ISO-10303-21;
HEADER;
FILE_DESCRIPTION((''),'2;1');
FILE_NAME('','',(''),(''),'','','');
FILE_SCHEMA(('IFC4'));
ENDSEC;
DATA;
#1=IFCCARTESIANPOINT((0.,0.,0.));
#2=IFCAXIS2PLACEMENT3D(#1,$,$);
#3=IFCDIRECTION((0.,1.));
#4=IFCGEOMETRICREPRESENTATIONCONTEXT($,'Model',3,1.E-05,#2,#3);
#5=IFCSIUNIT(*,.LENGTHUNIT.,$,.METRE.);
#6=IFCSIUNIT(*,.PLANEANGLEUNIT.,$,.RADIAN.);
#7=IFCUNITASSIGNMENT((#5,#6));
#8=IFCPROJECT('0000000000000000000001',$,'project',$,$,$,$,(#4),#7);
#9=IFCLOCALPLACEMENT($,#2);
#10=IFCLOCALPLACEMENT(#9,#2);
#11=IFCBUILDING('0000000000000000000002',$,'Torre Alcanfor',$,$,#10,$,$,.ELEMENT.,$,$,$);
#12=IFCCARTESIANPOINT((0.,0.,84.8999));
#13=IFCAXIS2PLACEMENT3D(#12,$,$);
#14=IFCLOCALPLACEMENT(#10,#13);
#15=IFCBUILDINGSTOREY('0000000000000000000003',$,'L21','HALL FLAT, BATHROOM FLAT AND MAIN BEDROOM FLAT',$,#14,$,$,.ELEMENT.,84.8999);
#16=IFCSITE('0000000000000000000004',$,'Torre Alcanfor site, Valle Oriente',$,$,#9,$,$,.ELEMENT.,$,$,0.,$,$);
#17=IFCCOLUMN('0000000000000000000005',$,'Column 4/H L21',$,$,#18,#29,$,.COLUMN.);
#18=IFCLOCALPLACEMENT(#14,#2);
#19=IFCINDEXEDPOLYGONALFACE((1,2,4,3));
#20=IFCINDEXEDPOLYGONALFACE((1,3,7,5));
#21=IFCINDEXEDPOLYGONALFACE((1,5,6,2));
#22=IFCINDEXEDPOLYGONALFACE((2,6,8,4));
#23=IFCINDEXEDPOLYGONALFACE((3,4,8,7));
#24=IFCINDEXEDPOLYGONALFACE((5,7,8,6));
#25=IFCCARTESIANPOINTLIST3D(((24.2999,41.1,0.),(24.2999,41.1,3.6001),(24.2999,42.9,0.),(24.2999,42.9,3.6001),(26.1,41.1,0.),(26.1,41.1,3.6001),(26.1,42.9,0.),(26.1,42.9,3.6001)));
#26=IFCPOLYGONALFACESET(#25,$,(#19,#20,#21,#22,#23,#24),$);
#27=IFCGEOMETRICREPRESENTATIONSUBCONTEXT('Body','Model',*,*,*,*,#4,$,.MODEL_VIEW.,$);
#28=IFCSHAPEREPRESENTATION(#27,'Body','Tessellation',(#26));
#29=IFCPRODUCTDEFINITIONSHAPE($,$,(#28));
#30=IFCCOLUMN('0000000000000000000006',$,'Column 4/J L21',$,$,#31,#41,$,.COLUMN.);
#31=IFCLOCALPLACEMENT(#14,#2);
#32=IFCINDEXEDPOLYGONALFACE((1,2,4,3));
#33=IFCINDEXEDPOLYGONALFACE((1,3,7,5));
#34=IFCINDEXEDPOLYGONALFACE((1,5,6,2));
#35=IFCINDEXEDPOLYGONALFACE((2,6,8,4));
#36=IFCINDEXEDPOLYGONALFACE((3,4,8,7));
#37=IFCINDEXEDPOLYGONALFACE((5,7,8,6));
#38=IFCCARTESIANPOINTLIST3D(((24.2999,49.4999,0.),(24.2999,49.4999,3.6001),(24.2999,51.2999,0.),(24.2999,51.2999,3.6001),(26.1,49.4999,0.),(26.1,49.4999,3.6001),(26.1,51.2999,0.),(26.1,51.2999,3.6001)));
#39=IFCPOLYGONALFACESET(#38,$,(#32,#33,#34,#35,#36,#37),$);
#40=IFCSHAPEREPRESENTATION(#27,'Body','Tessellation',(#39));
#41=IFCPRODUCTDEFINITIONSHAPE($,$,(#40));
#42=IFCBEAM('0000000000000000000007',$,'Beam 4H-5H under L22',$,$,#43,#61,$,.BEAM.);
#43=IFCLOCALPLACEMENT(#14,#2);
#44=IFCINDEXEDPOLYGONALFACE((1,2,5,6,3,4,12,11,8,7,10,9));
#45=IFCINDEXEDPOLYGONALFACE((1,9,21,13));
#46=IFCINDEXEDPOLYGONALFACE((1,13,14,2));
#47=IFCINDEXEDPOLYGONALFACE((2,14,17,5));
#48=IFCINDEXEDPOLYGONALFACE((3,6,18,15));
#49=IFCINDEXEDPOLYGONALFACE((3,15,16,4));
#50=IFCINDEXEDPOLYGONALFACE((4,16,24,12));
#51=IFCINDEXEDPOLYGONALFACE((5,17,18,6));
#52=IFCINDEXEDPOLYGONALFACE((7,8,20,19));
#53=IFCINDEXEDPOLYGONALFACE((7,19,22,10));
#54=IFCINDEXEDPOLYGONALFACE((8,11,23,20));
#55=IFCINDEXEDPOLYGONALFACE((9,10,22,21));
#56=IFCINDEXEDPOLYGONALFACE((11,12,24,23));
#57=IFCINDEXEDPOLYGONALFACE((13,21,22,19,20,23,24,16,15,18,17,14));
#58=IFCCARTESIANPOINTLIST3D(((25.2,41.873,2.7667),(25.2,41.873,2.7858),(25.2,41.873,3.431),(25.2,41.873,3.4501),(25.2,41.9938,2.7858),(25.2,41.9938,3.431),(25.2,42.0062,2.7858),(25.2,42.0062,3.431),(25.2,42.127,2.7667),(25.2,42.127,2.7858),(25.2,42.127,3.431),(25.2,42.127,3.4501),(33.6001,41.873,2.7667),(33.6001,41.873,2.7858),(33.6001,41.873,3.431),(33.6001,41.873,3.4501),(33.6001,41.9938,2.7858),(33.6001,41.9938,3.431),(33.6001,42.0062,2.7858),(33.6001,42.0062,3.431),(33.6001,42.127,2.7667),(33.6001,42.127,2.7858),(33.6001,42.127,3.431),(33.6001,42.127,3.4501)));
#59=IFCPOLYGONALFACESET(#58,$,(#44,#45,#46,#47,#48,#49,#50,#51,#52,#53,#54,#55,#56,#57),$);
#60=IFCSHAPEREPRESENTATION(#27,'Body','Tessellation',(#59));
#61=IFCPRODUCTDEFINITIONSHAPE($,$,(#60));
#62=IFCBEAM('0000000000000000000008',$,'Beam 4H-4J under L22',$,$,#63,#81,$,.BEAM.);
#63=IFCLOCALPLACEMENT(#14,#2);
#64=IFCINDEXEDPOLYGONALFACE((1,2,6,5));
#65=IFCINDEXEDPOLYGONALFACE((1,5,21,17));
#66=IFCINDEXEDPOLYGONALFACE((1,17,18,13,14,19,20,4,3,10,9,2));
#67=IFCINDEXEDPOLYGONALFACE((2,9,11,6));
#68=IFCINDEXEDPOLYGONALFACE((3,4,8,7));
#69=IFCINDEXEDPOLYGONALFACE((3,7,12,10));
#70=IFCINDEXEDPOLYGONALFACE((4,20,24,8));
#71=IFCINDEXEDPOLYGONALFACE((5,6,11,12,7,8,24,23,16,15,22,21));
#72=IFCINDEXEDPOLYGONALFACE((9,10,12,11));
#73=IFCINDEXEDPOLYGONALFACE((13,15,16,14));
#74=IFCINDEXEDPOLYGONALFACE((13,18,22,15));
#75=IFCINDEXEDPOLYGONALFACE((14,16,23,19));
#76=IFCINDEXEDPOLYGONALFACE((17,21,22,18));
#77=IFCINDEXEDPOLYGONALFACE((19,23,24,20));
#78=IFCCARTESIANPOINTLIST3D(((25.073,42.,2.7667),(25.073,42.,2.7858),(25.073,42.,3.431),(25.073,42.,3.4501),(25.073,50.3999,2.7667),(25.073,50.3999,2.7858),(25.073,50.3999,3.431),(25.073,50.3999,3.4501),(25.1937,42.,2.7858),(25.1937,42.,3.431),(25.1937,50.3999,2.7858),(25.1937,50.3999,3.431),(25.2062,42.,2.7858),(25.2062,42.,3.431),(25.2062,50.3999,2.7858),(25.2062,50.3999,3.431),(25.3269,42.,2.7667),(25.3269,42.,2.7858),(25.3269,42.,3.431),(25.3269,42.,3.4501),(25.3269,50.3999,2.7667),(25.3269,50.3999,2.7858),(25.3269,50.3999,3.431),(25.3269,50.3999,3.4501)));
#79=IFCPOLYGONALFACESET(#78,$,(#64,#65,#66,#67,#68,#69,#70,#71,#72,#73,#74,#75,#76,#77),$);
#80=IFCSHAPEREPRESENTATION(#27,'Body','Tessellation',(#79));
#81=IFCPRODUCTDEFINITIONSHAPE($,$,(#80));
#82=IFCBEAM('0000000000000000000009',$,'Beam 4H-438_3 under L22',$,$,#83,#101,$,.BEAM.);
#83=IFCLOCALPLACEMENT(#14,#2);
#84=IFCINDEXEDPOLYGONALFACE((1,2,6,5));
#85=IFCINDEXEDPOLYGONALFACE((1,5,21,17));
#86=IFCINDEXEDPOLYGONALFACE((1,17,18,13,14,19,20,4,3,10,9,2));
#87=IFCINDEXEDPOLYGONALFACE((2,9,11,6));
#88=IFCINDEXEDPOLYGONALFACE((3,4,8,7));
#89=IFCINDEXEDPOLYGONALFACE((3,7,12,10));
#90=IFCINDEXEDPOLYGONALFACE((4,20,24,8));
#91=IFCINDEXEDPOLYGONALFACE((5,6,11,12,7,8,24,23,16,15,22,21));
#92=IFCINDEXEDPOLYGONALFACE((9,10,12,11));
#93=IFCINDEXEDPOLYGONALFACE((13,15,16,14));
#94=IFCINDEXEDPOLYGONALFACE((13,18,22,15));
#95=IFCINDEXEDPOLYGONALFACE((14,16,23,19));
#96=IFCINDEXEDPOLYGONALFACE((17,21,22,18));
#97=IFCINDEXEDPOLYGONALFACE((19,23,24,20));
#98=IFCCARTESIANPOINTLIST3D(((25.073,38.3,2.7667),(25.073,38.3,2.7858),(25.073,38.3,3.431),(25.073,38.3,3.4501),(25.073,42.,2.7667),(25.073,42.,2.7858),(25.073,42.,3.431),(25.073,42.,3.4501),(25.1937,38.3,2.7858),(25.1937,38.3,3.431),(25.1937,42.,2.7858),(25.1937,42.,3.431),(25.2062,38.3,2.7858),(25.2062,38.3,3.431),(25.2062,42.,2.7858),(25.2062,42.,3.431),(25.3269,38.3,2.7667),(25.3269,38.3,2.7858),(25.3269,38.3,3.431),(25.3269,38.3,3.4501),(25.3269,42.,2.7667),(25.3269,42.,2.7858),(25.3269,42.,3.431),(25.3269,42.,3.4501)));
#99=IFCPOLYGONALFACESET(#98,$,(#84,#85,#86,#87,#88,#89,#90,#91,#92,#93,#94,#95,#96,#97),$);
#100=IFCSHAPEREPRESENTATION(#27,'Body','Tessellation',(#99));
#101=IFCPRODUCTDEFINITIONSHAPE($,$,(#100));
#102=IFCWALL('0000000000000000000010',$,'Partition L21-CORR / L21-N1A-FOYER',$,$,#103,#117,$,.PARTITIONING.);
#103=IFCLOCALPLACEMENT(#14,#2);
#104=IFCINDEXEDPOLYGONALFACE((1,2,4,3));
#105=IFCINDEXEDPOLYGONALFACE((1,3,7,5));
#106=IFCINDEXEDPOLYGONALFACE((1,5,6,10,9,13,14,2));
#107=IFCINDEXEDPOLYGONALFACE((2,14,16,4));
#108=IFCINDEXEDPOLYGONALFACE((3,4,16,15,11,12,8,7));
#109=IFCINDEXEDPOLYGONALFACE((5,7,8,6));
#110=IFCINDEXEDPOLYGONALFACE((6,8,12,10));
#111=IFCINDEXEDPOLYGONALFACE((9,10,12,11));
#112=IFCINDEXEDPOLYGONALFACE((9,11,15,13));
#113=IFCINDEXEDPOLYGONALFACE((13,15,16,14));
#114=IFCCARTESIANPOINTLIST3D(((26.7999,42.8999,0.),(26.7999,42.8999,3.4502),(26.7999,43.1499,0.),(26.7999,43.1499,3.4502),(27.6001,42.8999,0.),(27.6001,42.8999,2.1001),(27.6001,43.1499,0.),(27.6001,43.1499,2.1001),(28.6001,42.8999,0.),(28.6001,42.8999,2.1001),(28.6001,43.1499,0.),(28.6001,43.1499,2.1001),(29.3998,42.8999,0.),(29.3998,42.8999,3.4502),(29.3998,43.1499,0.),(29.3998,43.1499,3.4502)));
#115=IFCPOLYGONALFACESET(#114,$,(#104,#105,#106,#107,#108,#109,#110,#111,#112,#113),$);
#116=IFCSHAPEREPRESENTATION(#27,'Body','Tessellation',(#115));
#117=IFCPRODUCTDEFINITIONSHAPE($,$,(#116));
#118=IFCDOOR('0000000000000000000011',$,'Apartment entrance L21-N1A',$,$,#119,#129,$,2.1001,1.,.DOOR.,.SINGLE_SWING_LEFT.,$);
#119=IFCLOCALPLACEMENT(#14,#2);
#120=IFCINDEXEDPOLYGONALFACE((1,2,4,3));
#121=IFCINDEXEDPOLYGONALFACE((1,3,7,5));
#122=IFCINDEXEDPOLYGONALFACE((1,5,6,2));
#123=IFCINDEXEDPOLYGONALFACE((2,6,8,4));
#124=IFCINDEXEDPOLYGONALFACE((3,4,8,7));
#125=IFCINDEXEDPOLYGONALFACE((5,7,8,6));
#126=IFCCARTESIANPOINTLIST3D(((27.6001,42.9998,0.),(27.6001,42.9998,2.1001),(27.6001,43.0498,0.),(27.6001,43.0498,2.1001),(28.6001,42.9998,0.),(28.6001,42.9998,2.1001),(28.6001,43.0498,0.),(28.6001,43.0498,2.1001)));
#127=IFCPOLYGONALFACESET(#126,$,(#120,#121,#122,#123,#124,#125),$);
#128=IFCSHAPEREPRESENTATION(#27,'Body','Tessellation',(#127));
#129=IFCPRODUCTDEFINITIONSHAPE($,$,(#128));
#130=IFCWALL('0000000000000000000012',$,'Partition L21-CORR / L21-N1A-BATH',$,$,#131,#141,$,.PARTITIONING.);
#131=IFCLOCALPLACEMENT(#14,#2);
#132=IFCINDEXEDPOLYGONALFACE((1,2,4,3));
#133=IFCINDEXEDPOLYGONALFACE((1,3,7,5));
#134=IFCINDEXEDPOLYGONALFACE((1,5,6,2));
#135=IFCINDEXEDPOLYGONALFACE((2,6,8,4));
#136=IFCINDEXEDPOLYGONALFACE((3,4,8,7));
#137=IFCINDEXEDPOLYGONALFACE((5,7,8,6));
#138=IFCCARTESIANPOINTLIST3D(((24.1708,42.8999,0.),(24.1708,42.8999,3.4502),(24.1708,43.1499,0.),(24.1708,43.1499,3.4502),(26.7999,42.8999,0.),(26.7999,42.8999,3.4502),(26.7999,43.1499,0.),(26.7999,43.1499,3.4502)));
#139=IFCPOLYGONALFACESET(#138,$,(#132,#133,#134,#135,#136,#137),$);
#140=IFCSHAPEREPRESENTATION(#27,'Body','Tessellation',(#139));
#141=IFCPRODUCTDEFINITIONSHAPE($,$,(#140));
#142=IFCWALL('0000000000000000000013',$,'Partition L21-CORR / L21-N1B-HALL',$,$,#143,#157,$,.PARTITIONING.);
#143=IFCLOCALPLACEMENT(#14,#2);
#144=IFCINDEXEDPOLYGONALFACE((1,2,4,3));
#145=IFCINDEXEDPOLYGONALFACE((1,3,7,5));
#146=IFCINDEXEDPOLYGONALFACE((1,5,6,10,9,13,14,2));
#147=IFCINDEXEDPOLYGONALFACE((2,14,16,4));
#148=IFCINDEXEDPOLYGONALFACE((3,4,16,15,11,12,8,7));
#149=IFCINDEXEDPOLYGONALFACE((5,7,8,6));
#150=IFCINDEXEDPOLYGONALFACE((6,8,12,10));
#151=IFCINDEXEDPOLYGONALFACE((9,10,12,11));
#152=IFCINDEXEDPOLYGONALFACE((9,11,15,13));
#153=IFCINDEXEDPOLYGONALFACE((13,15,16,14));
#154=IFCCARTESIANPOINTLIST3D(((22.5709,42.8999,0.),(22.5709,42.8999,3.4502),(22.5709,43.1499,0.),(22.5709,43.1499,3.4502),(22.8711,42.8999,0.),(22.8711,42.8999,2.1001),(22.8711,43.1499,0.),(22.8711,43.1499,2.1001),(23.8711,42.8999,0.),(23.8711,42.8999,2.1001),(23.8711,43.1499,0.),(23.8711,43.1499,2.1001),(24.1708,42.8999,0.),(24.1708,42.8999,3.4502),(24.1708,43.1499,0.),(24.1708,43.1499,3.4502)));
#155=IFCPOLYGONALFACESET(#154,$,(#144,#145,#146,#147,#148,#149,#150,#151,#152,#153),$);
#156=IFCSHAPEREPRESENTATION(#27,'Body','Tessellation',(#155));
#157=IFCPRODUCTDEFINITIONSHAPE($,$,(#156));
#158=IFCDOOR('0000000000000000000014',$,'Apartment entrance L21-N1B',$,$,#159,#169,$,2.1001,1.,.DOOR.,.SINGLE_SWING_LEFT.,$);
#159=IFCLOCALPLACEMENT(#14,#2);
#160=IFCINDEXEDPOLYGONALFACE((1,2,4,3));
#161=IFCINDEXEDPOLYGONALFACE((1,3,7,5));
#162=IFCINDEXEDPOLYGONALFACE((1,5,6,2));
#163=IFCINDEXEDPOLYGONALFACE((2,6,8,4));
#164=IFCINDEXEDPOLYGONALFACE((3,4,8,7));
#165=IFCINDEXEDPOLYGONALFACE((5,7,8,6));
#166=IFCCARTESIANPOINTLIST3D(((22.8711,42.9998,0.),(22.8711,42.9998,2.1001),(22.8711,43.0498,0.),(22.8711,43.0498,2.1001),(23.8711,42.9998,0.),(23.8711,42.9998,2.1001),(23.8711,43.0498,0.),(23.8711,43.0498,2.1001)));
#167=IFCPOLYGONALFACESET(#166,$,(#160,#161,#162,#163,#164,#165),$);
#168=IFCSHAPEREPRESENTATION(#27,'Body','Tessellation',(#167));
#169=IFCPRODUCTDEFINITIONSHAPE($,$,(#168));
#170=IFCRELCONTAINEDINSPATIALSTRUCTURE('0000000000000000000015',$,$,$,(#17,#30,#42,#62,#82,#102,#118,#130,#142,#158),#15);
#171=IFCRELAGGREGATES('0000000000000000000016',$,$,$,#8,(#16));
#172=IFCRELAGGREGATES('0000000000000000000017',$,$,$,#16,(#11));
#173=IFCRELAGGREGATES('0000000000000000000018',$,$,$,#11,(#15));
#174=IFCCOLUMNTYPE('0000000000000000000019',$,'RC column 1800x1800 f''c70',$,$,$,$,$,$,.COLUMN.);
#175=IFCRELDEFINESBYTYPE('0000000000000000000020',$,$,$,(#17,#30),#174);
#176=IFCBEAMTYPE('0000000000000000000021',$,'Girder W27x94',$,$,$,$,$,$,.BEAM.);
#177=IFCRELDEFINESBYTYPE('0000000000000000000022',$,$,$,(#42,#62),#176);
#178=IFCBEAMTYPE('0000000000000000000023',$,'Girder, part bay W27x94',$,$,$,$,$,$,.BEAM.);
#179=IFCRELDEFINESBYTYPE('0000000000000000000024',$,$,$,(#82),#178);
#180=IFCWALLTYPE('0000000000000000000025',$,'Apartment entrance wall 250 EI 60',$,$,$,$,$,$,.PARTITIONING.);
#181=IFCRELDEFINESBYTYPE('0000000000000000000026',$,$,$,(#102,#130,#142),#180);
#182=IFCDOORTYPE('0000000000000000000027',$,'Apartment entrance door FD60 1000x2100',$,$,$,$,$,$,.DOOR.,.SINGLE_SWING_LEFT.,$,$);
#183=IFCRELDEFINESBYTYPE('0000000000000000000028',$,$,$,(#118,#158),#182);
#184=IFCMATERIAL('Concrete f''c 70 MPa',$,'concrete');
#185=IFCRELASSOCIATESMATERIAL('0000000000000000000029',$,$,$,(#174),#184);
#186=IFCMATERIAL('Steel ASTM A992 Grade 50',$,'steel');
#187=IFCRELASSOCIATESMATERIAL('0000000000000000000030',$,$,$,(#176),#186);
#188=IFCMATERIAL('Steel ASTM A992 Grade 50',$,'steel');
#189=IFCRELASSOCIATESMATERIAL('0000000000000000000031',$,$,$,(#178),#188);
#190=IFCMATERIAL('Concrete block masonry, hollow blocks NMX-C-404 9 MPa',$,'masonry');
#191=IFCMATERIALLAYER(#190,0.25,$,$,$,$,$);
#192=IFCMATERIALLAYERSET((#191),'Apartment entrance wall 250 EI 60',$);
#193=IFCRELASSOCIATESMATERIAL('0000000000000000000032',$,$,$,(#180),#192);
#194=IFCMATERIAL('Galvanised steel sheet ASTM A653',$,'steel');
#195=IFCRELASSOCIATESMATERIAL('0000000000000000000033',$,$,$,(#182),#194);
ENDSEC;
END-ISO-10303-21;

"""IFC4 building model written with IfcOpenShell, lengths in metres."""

from ifc_helpers import new_model, si_unit, direction, frame, frame_2d, origin, origin_2d, place, context, subcontext, project, spatial, rectangle, i_section, extrude, material, layer, layer_set, material_profile, profile_set, type_object, element, fill, save


model = new_model("IFC4")

# Units and contexts
model_context = context("Model", 3, precision=1e-05, world=origin(), true_north=direction((0.0, 1.0)))
body_context = subcontext(model_context, "Body", "Model", "MODEL_VIEW")
ifc_project = project(units=[si_unit("LENGTHUNIT", "METRE"), si_unit("PLANEANGLEUNIT", "RADIAN")], contexts=[model_context])

# Site, building, storey
site_placement = place(None, origin())
site = spatial("IfcSite", under=ifc_project, at=site_placement, Name="Torre Alcanfor site, Valle Oriente", CompositionType="ELEMENT", RefElevation=0.0)
building_placement = place(site_placement, origin())
building = spatial("IfcBuilding", under=site, at=building_placement, Name="Torre Alcanfor", CompositionType="ELEMENT")
storey_placement = place(building_placement, frame((0.0, 0.0, 84.8999)))
storey = spatial("IfcBuildingStorey", under=building, at=storey_placement, Name="L21", Description="HALL FLAT, BATHROOM FLAT AND MAIN BEDROOM FLAT", CompositionType="ELEMENT", Elevation=84.8999)

# Columns
ifc_material_1 = material(Name="Concrete f'c 70 MPa", Category="concrete")
ifc_material_profile_1 = material_profile(ifc_material_1, rectangle(XDim=1.8, YDim=1.8, at=origin_2d()), Name="1800x1800")
ifc_profile_set_1 = profile_set([ifc_material_profile_1], Name="Concrete f'c 70 MPa")
column_type = type_object("IfcColumnType", Name="RC column 1800x1800 f'c70", PredefinedType="COLUMN", material=ifc_profile_set_1)
for number, where, z_axis, x_axis, name in (
    (1, (25.2, 42.0, 0.0), (0.0, 0.0, 1.0), (1.0, 0.0, 0.0), "Column 4/H L21"),
    (2, (25.2, 50.3999, 0.0), (0.0, 0.0, 1.0), (1.0, 0.0, 0.0), "Column 4/J L21"),
):
    element("IfcColumn", number, at=place(storey_placement, frame(where, z_axis=z_axis, x_axis=x_axis)), inside=storey, type_object=column_type, Name=name, PredefinedType="COLUMN", context=body_context, shape_type="SweptSolid", body=[
        extrude(rectangle(XDim=1.8, YDim=1.8, at=origin_2d()), origin(), (0.0, 0.0, 1.0), 3.6001),
    ])

# Beams
ifc_material_2 = material(Name="Steel ASTM A992 Grade 50", Category="steel")
ifc_material_profile_2 = material_profile(ifc_material_2, i_section(OverallWidth=0.2539, OverallDepth=0.6833, WebThickness=0.0125, FlangeThickness=0.019, at=origin_2d()), Name="W27x94")
ifc_profile_set_2 = profile_set([ifc_material_profile_2], Name="Steel ASTM A992 Grade 50")
beam_type_1 = type_object("IfcBeamType", Name="Girder W27x94", PredefinedType="BEAM", material=ifc_profile_set_2)
beam_1_placement = place(storey_placement, frame((25.2, 42.0, 3.1084), z_axis=(1.0, 0.0, 0.0), x_axis=(0.0, 1.0, 0.0)))
element("IfcBeam", 3, at=beam_1_placement, inside=storey, type_object=beam_type_1, Name="Beam 4H-5H under L22", PredefinedType="BEAM", context=body_context, shape_type="SweptSolid", body=[
    extrude(i_section(OverallWidth=0.2539, OverallDepth=0.6833, WebThickness=0.0125, FlangeThickness=0.019, at=origin_2d()), origin(), (0.0, 0.0, 1.0), 8.4001),
])
beam_2_placement = place(storey_placement, frame((25.2, 42.0, 3.1084), z_axis=(0.0, 1.0, 0.0), x_axis=(-1.0, 0.0, 0.0)))
element("IfcBeam", 4, at=beam_2_placement, inside=storey, type_object=beam_type_1, Name="Beam 4H-4J under L22", PredefinedType="BEAM", context=body_context, shape_type="SweptSolid", body=[
    extrude(i_section(OverallWidth=0.2539, OverallDepth=0.6833, WebThickness=0.0125, FlangeThickness=0.019, at=origin_2d()), origin(), (0.0, 0.0, 1.0), 8.3999),
])
ifc_material_3 = material(Name="Steel ASTM A992 Grade 50", Category="steel")
ifc_material_profile_3 = material_profile(ifc_material_3, i_section(OverallWidth=0.2539, OverallDepth=0.6833, WebThickness=0.0125, FlangeThickness=0.019, at=origin_2d()), Name="W27x94")
ifc_profile_set_3 = profile_set([ifc_material_profile_3], Name="Steel ASTM A992 Grade 50")
beam_type_2 = type_object("IfcBeamType", Name="Girder, part bay W27x94", PredefinedType="BEAM", material=ifc_profile_set_3)
beam_3_placement = place(storey_placement, frame((25.2, 42.0, 3.1084), z_axis=(0.0, -1.0, 0.0), x_axis=(1.0, 0.0, 0.0)))
element("IfcBeam", 5, at=beam_3_placement, inside=storey, type_object=beam_type_2, Name="Beam 4H-438_3 under L22", PredefinedType="BEAM", context=body_context, shape_type="SweptSolid", body=[
    extrude(i_section(OverallWidth=0.2539, OverallDepth=0.6833, WebThickness=0.0125, FlangeThickness=0.019, at=origin_2d()), origin(), (0.0, 0.0, 1.0), 3.7),
])

# Wall, opening, door
ifc_material_4 = material(Name="Concrete block masonry, hollow blocks NMX-C-404 9 MPa", Category="masonry")
ifc_layer_1 = layer(ifc_material_4, 0.25)
ifc_layer_set_1 = layer_set([ifc_layer_1], Name="Apartment entrance wall 250 EI 60")
wall_type_1 = type_object("IfcWallType", Name="Apartment entrance wall 250 EI 60", PredefinedType="PARTITIONING", material=ifc_layer_set_1)
wall_1_placement = place(storey_placement, frame((26.8, 43.0249, 0.0), z_axis=(0.0, 0.0, 1.0), x_axis=(1.0, 0.0, 0.0)))
wall_1 = element("IfcWall", 6, at=wall_1_placement, inside=storey, type_object=wall_type_1, Name="Partition L21-CORR / L21-N1A-FOYER", PredefinedType="PARTITIONING", context=body_context, shape_type="SweptSolid", body=[
    extrude(rectangle(XDim=2.5999, YDim=0.25, at=frame_2d((1.2998, 0.0))), origin(), (0.0, 0.0, 1.0), 3.4502),
])
opening_1_placement = place(wall_1_placement, frame((0.8, 0.0, 0.0)))
opening_1 = element("IfcOpeningElement", 7, at=opening_1_placement, cuts=wall_1, PredefinedType="OPENING", context=body_context, shape_type="SweptSolid", body=[
    extrude(rectangle(XDim=1.0, YDim=2.1001, at=frame_2d((0.5, 1.05))), frame((0.0, 0.135, 0.0), z_axis=(0.0, -1.0, 0.0), x_axis=(1.0, 0.0, 0.0)), (0.0, 0.0, 1.0), 0.27),
])
ifc_material_5 = material(Name="Galvanised steel sheet ASTM A653", Category="steel")
door_type_1 = type_object("IfcDoorType", Name="Apartment entrance door FD60 1000x2100", OperationType="SINGLE_SWING_LEFT", PredefinedType="DOOR", material=ifc_material_5)
door_1_placement = place(opening_1_placement, origin())
door_1 = element("IfcDoor", 8, at=door_1_placement, inside=storey, type_object=door_type_1, Name="Apartment entrance L21-N1A", OperationType="SINGLE_SWING_LEFT", OverallHeight=2.1001, OverallWidth=1.0, PredefinedType="DOOR", context=body_context, shape_type="SweptSolid", body=[
    extrude(rectangle(XDim=1.0, YDim=2.1001, at=frame_2d((0.5, 1.05))), frame((0.0, 0.0249, 0.0), z_axis=(0.0, -1.0, 0.0), x_axis=(1.0, 0.0, 0.0)), (0.0, 0.0, 1.0), 0.05),
])
fill(opening_1, door_1)

# Wall
wall_2_placement = place(storey_placement, frame((24.1709, 43.0249, 0.0), z_axis=(0.0, 0.0, 1.0), x_axis=(1.0, 0.0, 0.0)))
element("IfcWall", 9, at=wall_2_placement, inside=storey, type_object=wall_type_1, Name="Partition L21-CORR / L21-N1A-BATH", PredefinedType="PARTITIONING", context=body_context, shape_type="SweptSolid", body=[
    extrude(rectangle(XDim=2.6292, YDim=0.25, at=frame_2d((1.3145, 0.0))), origin(), (0.0, 0.0, 1.0), 3.4502),
])

# Wall, opening, door
wall_3_placement = place(storey_placement, frame((22.571, 43.0249, 0.0), z_axis=(0.0, 0.0, 1.0), x_axis=(1.0, 0.0, 0.0)))
wall_3 = element("IfcWall", 10, at=wall_3_placement, inside=storey, type_object=wall_type_1, Name="Partition L21-CORR / L21-N1B-HALL", PredefinedType="PARTITIONING", context=body_context, shape_type="SweptSolid", body=[
    extrude(rectangle(XDim=1.5999, YDim=0.25, at=frame_2d((0.7998, 0.0))), origin(), (0.0, 0.0, 1.0), 3.4502),
])
opening_2_placement = place(wall_3_placement, frame((0.3, 0.0, 0.0)))
opening_2 = element("IfcOpeningElement", 11, at=opening_2_placement, cuts=wall_3, PredefinedType="OPENING", context=body_context, shape_type="SweptSolid", body=[
    extrude(rectangle(XDim=1.0, YDim=2.1001, at=frame_2d((0.5, 1.05))), frame((0.0, 0.135, 0.0), z_axis=(0.0, -1.0, 0.0), x_axis=(1.0, 0.0, 0.0)), (0.0, 0.0, 1.0), 0.27),
])
door_2_placement = place(opening_2_placement, origin())
door_2 = element("IfcDoor", 12, at=door_2_placement, inside=storey, type_object=door_type_1, Name="Apartment entrance L21-N1B", OperationType="SINGLE_SWING_LEFT", OverallHeight=2.1001, OverallWidth=1.0, PredefinedType="DOOR", context=body_context, shape_type="SweptSolid", body=[
    extrude(rectangle(XDim=1.0, YDim=2.1001, at=frame_2d((0.5, 1.05))), frame((0.0, 0.0249, 0.0), z_axis=(0.0, -1.0, 0.0), x_axis=(1.0, 0.0, 0.0)), (0.0, 0.0, 1.0), 0.05),
])
fill(opening_2, door_2)

save(model, "model.ifc")
